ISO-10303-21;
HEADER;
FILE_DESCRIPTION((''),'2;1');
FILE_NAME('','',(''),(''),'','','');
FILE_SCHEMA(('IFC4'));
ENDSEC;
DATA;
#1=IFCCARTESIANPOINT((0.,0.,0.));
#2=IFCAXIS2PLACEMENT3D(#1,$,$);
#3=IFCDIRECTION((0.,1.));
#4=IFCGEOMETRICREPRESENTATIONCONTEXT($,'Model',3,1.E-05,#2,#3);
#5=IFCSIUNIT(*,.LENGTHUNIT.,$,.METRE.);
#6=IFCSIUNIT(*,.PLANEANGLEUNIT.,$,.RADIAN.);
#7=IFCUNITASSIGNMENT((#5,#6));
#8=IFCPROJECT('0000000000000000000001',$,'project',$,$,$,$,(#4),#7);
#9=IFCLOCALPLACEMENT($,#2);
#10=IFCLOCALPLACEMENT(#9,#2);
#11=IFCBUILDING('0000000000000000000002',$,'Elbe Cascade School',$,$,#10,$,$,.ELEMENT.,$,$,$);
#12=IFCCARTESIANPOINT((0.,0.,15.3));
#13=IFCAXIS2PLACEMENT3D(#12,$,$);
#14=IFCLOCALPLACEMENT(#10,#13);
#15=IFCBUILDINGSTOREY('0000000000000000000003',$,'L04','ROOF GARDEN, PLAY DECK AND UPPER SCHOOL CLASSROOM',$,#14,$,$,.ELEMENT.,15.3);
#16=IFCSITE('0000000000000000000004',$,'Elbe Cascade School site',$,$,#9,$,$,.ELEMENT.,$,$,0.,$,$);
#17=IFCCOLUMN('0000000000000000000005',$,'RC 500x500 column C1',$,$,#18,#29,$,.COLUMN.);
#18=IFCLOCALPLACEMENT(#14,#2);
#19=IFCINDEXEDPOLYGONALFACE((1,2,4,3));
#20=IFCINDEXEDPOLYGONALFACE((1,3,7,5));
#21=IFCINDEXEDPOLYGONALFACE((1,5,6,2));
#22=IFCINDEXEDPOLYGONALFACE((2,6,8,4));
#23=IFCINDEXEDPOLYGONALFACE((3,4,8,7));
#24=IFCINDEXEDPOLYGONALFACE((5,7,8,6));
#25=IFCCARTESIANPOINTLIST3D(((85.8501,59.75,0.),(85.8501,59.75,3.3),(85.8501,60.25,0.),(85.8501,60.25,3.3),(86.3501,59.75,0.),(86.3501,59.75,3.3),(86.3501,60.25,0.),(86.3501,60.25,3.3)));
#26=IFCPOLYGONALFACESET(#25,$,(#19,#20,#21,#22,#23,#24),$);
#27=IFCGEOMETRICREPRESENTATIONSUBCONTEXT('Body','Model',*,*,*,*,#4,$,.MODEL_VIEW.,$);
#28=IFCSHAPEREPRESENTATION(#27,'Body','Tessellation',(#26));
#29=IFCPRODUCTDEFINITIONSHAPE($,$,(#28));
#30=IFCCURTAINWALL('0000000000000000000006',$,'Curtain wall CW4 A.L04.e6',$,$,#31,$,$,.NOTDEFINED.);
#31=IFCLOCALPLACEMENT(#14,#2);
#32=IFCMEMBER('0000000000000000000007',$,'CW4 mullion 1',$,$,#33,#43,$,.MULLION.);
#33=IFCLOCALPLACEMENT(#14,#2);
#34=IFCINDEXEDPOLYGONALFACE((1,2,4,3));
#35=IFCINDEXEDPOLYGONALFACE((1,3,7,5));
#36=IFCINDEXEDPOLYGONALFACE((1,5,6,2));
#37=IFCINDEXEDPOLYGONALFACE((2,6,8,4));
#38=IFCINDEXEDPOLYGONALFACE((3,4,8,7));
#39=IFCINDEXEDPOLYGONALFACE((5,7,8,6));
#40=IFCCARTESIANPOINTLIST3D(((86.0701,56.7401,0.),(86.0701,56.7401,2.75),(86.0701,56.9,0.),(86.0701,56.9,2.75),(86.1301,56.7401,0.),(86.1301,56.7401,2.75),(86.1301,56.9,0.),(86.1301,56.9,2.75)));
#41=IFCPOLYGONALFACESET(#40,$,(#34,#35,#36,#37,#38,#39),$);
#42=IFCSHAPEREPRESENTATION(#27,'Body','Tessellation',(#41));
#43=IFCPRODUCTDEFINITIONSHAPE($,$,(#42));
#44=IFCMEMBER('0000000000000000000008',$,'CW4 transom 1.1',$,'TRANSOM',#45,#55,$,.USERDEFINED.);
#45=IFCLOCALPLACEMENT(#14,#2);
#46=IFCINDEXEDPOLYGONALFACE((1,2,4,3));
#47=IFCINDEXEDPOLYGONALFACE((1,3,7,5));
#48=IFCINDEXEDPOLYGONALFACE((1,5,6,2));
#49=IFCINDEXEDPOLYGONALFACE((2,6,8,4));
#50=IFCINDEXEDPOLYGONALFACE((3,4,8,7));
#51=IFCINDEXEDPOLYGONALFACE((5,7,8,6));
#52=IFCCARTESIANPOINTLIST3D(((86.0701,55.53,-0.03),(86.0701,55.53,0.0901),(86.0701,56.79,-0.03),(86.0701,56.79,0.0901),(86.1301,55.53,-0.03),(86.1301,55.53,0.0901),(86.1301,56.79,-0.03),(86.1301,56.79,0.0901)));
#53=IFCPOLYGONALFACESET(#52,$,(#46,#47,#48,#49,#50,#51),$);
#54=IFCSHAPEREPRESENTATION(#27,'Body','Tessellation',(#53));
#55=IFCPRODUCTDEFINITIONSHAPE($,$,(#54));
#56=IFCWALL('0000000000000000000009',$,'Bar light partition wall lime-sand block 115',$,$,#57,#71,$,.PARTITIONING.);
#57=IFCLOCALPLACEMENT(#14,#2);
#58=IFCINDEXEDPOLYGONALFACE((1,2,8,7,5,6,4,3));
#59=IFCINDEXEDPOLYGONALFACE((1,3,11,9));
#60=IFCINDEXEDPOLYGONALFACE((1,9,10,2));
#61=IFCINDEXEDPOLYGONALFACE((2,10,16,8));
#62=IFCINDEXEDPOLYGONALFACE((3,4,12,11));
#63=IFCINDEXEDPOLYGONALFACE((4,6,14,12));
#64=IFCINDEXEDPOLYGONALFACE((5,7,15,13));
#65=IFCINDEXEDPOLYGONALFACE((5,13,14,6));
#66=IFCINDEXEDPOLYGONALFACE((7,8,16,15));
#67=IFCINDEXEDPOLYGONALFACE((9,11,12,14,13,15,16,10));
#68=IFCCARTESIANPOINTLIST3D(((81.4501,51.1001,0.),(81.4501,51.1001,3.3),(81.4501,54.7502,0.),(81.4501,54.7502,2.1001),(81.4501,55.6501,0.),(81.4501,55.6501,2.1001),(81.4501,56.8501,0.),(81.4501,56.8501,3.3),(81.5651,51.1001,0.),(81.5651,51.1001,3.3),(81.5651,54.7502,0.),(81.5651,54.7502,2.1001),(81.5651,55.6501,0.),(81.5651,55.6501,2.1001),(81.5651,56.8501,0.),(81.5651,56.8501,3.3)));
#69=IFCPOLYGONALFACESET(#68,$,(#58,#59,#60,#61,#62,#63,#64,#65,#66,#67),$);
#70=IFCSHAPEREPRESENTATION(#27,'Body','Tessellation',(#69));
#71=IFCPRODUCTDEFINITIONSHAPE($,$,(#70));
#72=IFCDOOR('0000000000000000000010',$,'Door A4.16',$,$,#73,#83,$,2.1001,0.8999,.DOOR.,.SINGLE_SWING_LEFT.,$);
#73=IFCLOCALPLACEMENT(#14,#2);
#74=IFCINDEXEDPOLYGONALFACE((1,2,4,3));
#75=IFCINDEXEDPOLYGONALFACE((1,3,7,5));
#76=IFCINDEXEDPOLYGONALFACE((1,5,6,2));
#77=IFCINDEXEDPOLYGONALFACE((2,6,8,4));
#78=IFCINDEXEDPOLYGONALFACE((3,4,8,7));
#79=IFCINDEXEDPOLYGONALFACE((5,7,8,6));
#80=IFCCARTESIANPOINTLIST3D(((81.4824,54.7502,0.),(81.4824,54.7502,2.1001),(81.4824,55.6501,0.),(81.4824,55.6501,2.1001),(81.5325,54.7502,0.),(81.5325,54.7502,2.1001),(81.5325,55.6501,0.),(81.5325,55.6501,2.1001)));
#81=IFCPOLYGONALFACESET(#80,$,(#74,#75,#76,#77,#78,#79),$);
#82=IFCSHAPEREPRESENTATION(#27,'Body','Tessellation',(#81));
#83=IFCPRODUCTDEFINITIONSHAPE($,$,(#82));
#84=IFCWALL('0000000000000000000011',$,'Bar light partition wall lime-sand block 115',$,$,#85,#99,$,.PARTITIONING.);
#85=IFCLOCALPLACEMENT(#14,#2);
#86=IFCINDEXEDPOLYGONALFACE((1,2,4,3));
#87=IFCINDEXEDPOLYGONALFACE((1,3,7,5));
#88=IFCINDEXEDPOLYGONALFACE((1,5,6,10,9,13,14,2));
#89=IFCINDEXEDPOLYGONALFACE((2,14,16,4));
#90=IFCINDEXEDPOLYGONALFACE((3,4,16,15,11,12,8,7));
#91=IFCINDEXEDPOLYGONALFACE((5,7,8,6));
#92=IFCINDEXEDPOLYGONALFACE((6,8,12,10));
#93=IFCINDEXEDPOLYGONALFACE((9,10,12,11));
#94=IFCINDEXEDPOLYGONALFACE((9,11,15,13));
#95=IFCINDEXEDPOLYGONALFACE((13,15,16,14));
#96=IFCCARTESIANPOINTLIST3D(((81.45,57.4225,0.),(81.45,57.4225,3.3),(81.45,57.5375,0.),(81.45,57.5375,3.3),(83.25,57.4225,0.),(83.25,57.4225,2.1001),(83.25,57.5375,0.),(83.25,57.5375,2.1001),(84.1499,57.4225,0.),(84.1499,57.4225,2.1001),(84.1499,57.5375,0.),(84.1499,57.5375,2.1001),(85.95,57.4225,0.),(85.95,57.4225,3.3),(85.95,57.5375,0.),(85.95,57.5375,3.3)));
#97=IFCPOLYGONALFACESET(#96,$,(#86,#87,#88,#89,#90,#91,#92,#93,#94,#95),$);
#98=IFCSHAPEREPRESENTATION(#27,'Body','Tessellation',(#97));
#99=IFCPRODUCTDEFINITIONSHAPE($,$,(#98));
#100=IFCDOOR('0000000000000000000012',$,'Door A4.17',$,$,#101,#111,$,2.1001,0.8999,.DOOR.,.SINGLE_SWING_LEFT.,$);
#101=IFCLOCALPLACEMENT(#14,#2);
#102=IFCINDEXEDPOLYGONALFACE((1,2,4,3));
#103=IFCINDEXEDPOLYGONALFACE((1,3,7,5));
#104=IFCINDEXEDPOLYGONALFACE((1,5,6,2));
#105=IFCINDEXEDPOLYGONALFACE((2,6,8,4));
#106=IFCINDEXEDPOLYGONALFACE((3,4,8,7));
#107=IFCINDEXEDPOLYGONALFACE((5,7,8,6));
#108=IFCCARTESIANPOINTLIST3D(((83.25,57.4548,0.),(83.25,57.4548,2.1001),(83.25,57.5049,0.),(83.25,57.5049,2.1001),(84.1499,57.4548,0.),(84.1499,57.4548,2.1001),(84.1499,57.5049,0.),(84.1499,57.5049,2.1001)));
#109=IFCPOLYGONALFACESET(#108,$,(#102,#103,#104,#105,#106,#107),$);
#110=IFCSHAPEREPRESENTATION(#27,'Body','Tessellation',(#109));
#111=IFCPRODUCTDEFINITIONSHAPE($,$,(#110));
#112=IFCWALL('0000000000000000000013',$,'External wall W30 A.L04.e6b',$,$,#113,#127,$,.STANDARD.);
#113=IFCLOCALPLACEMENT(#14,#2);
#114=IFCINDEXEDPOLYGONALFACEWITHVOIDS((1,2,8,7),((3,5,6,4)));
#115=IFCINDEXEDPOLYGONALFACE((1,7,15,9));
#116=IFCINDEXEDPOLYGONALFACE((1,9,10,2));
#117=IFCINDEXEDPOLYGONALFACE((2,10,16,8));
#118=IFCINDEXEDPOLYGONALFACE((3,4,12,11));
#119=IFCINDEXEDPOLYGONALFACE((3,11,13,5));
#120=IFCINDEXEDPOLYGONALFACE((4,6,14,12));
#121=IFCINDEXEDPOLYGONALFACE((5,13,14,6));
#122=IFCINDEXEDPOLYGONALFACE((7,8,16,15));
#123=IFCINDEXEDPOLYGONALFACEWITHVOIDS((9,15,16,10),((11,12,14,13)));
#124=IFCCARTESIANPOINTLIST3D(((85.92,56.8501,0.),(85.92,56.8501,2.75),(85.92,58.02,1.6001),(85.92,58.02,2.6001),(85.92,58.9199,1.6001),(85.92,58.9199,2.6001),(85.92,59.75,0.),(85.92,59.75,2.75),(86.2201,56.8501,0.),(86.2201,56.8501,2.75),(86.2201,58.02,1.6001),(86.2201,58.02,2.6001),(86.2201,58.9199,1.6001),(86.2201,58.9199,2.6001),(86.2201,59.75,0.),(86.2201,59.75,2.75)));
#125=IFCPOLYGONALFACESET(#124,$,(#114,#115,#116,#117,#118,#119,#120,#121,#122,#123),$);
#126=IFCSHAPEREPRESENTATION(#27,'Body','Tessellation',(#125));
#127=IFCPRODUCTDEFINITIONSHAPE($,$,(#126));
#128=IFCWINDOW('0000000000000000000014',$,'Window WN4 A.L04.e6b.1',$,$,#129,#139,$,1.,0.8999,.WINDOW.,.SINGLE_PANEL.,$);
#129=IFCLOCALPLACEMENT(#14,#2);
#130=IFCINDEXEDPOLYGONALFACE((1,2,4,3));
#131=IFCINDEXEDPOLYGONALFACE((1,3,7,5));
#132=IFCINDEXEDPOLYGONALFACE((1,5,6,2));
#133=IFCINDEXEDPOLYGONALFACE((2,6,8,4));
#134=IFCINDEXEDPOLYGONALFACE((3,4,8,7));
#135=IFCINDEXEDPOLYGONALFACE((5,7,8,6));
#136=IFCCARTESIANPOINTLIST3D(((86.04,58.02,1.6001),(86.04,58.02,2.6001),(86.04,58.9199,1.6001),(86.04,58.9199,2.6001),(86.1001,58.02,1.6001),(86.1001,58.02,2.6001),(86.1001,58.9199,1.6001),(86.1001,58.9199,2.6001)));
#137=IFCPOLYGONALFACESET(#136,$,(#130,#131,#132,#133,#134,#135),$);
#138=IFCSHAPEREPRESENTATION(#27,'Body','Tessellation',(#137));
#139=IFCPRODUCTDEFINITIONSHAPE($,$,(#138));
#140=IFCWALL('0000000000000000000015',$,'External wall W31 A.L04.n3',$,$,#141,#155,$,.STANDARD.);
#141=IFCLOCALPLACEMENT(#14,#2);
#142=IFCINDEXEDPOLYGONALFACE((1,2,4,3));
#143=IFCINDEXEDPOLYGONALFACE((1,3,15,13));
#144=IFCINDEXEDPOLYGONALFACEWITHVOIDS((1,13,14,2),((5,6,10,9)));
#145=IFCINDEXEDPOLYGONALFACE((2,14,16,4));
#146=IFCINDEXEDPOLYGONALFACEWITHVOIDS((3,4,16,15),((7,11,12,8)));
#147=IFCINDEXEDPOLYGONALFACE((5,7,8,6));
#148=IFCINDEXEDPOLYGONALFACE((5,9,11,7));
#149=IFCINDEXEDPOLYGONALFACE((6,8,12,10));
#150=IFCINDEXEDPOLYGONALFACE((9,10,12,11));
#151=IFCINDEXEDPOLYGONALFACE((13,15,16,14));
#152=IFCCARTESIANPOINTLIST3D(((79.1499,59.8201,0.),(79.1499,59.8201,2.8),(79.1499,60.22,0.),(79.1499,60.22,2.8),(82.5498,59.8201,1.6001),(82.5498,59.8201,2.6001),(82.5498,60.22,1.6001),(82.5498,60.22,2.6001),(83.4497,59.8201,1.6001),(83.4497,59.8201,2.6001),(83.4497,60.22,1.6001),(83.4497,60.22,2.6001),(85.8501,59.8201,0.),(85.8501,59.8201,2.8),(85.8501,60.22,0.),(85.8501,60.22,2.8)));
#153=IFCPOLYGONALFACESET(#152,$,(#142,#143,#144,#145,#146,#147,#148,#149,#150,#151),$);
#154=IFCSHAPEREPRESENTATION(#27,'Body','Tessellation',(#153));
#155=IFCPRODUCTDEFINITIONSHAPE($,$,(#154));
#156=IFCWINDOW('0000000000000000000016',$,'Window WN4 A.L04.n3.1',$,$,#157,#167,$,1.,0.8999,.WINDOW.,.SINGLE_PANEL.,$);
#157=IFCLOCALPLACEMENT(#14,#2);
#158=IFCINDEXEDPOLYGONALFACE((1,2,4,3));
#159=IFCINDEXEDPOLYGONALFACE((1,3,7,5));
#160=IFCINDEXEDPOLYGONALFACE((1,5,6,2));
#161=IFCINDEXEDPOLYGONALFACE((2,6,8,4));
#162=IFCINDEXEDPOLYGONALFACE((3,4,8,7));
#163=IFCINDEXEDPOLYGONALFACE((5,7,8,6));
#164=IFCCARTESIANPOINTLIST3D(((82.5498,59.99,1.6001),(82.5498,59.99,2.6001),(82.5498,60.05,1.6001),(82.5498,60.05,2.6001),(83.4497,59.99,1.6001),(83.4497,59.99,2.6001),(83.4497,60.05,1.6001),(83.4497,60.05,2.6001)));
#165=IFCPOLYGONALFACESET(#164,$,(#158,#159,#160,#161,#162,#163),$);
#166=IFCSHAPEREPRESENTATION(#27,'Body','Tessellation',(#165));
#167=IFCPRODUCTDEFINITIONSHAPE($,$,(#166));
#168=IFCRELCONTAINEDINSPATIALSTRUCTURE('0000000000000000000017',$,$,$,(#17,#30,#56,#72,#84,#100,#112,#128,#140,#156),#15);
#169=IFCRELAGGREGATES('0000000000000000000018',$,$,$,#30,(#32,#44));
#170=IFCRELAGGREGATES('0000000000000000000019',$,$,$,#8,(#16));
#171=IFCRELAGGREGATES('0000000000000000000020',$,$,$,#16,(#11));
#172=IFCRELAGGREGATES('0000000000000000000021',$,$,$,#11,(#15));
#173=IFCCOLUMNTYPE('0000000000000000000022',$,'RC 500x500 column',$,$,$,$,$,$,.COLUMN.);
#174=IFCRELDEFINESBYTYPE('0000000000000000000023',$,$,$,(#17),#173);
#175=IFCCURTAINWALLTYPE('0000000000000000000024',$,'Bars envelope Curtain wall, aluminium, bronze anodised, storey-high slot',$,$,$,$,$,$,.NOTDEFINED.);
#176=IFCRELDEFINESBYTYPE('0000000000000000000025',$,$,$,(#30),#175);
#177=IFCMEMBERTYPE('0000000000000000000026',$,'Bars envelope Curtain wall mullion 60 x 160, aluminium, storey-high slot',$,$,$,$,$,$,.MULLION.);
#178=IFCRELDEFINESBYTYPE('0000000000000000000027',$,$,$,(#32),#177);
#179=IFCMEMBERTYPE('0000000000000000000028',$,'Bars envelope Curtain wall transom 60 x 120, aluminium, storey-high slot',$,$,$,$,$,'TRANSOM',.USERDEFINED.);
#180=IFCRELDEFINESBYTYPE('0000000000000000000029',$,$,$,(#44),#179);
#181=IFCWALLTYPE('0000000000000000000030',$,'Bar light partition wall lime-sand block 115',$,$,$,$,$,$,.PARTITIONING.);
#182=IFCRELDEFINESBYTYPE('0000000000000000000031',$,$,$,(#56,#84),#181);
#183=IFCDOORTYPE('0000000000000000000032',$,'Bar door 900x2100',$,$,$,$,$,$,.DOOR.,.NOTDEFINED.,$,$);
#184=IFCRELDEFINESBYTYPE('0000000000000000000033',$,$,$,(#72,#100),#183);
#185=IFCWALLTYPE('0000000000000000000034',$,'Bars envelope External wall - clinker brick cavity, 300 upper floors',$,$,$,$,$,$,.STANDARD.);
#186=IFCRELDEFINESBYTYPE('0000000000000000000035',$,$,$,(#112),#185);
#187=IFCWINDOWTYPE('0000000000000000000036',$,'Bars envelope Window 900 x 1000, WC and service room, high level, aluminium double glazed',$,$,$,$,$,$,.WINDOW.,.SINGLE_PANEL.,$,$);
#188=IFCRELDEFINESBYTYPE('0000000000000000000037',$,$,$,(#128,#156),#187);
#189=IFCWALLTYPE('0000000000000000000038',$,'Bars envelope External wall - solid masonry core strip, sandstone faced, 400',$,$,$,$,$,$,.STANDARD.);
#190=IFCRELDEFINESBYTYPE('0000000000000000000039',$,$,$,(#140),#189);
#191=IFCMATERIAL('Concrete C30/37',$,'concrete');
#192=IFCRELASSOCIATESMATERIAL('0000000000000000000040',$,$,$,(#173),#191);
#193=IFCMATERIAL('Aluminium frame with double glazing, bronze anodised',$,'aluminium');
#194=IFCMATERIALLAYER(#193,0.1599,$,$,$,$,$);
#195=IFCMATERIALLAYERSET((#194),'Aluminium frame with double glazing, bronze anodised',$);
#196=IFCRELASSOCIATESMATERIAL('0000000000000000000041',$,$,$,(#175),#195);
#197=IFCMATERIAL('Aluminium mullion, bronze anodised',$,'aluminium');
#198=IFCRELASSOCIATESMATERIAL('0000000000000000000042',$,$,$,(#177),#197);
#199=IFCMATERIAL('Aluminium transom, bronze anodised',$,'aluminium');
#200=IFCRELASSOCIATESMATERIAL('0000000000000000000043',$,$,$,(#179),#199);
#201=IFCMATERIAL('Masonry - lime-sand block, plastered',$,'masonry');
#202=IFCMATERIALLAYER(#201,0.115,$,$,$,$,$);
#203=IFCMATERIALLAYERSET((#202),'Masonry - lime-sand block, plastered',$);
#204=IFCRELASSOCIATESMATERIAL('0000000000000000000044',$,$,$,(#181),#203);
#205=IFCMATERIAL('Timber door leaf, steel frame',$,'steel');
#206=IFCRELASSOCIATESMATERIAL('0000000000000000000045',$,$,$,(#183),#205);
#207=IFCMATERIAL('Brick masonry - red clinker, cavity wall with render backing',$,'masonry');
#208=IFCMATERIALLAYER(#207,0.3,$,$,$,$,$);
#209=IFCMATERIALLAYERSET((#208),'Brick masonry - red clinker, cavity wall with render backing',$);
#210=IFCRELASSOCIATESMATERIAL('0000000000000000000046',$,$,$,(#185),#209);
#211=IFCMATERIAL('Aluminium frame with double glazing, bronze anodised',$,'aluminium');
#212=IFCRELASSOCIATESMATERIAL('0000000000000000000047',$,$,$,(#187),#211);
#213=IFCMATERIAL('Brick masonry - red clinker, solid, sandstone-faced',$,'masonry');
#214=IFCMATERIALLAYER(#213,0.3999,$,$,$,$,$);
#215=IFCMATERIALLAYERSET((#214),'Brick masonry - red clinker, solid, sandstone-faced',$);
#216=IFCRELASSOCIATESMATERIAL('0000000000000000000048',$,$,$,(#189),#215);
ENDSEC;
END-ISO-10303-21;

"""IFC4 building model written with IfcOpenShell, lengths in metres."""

from ifc_helpers import new_model, si_unit, direction, frame, frame_2d, origin, origin_2d, place, context, subcontext, project, spatial, rectangle, extrude, material, layer, layer_set, material_profile, profile_set, type_object, element, fill, aggregate, save


model = new_model("IFC4")

# Units and contexts
model_context = context("Model", 3, precision=1e-05, world=origin(), true_north=direction((0.0, 1.0)))
body_context = subcontext(model_context, "Body", "Model", "MODEL_VIEW")
ifc_project = project(units=[si_unit("LENGTHUNIT", "METRE"), si_unit("PLANEANGLEUNIT", "RADIAN")], contexts=[model_context])

# Site, building, storey
site_placement = place(None, origin())
site = spatial("IfcSite", under=ifc_project, at=site_placement, Name="Elbe Cascade School site", CompositionType="ELEMENT", RefElevation=0.0)
building_placement = place(site_placement, origin())
building = spatial("IfcBuilding", under=site, at=building_placement, Name="Elbe Cascade School", CompositionType="ELEMENT")
storey_placement = place(building_placement, frame((0.0, 0.0, 15.3)))
storey = spatial("IfcBuildingStorey", under=building, at=storey_placement, Name="L04", Description="ROOF GARDEN, PLAY DECK AND UPPER SCHOOL CLASSROOM", CompositionType="ELEMENT", Elevation=15.3)

# Column
ifc_material_1 = material(Name="Concrete C30/37", Category="concrete")
ifc_material_profile_1 = material_profile(ifc_material_1, rectangle(XDim=0.5, YDim=0.5, at=origin_2d()), Name="RC 500x500")
ifc_profile_set_1 = profile_set([ifc_material_profile_1], Name="Concrete C30/37")
column_type = type_object("IfcColumnType", Name="RC 500x500 column", PredefinedType="COLUMN", material=ifc_profile_set_1)
column_placement = place(storey_placement, frame((86.1001, 60.0, 0.0), z_axis=(0.0, 0.0, 1.0), x_axis=(1.0, 0.0, 0.0)))
element("IfcColumn", 1, at=column_placement, inside=storey, type_object=column_type, Name="RC 500x500 column C1", PredefinedType="COLUMN", context=body_context, shape_type="SweptSolid", body=[
    extrude(rectangle(XDim=0.5, YDim=0.5, at=origin_2d()), origin(), (0.0, 0.0, 1.0), 3.3),
])

# Curtain wall, members
ifc_material_2 = material(Name="Aluminium frame with double glazing, bronze anodised", Category="aluminium")
ifc_layer_1 = layer(ifc_material_2, 0.1599)
ifc_layer_set_1 = layer_set([ifc_layer_1], Name="Aluminium frame with double glazing, bronze anodised")
curtain_wall_type = type_object("IfcCurtainWallType", Name="Bars envelope Curtain wall, aluminium, bronze anodised, storey-high slot", PredefinedType="NOTDEFINED", material=ifc_layer_set_1)
curtain_wall_placement = place(storey_placement, origin())
curtain_wall = element("IfcCurtainWall", 2, at=curtain_wall_placement, inside=storey, type_object=curtain_wall_type, Name="Curtain wall CW4 A.L04.e6", PredefinedType="NOTDEFINED")
ifc_material_3 = material(Name="Aluminium mullion, bronze anodised", Category="aluminium")
ifc_material_profile_2 = material_profile(ifc_material_3, rectangle(XDim=0.0601, YDim=0.1599, at=origin_2d()), Name="Bars envelope Curtain wall mullion 60 x 160, aluminium, storey-high slot")
ifc_profile_set_2 = profile_set([ifc_material_profile_2], Name="Aluminium mullion, bronze anodised")
member_type_1 = type_object("IfcMemberType", Name="Bars envelope Curtain wall mullion 60 x 160, aluminium, storey-high slot", PredefinedType="MULLION", material=ifc_profile_set_2)
member_1_placement = place(storey_placement, frame((86.1001, 56.8201, 0.0), z_axis=(0.0, 0.0, 1.0), x_axis=(1.0, 0.0, 0.0)))
member_1 = element("IfcMember", 3, at=member_1_placement, type_object=member_type_1, Name="CW4 mullion 1", PredefinedType="MULLION", context=body_context, shape_type="SweptSolid", body=[
    extrude(rectangle(XDim=0.0601, YDim=0.1599, at=origin_2d()), origin(), (0.0, 0.0, 1.0), 2.75),
])
ifc_material_4 = material(Name="Aluminium transom, bronze anodised", Category="aluminium")
ifc_material_profile_3 = material_profile(ifc_material_4, rectangle(XDim=0.0601, YDim=0.1201, at=origin_2d()), Name="Bars envelope Curtain wall transom 60 x 120, aluminium, storey-high slot")
ifc_profile_set_3 = profile_set([ifc_material_profile_3], Name="Aluminium transom, bronze anodised")
member_type_2 = type_object("IfcMemberType", Name="Bars envelope Curtain wall transom 60 x 120, aluminium, storey-high slot", ElementType="TRANSOM", PredefinedType="USERDEFINED", material=ifc_profile_set_3)
member_2_placement = place(storey_placement, frame((86.1001, 56.79, 0.03), z_axis=(0.0, -1.0, 0.0), x_axis=(1.0, 0.0, 0.0)))
member_2 = element("IfcMember", 4, at=member_2_placement, type_object=member_type_2, Name="CW4 transom 1.1", ObjectType="TRANSOM", PredefinedType="USERDEFINED", context=body_context, shape_type="SweptSolid", body=[
    extrude(rectangle(XDim=0.0601, YDim=0.1201, at=origin_2d()), origin(), (0.0, 0.0, 1.0), 1.26),
])
aggregate(curtain_wall, [member_1, member_2])

# Walls, openings, doors
ifc_material_5 = material(Name="Masonry - lime-sand block, plastered", Category="masonry")
ifc_layer_2 = layer(ifc_material_5, 0.115)
ifc_layer_set_2 = layer_set([ifc_layer_2], Name="Masonry - lime-sand block, plastered")
wall_type_1 = type_object("IfcWallType", Name="Bar light partition wall lime-sand block 115", PredefinedType="PARTITIONING", material=ifc_layer_set_2)
wall_1_placement = place(storey_placement, frame((81.5076, 56.8501, 0.0), z_axis=(0.0, 0.0, 1.0), x_axis=(0.0, -1.0, 0.0)))
wall_1 = element("IfcWall", 5, at=wall_1_placement, inside=storey, type_object=wall_type_1, Name="Bar light partition wall lime-sand block 115", PredefinedType="PARTITIONING", context=body_context, shape_type="SweptSolid", body=[
    extrude(rectangle(XDim=5.75, YDim=0.115, at=frame_2d((2.875, 0.0))), origin(), (0.0, 0.0, 1.0), 3.3),
])
opening_1_placement = place(wall_1_placement, frame((1.2, 0.0, 0.0)))
opening_1 = element("IfcOpeningElement", 6, at=opening_1_placement, cuts=wall_1, PredefinedType="OPENING", context=body_context, shape_type="SweptSolid", body=[
    extrude(rectangle(XDim=0.8999, YDim=2.1001, at=frame_2d((0.45, 1.05))), frame((0.0, 0.0674, 0.0), z_axis=(0.0, -1.0, 0.0), x_axis=(1.0, 0.0, 0.0)), (0.0, 0.0, 1.0), 0.135),
])
ifc_material_6 = material(Name="Timber door leaf, steel frame", Category="steel")
door_type_1 = type_object("IfcDoorType", Name="Bar door 900x2100", OperationType="NOTDEFINED", PredefinedType="DOOR", material=ifc_material_6)
door_1_placement = place(opening_1_placement, origin())
door_1 = element("IfcDoor", 7, at=door_1_placement, inside=storey, type_object=door_type_1, Name="Door A4.16", OperationType="SINGLE_SWING_LEFT", OverallHeight=2.1001, OverallWidth=0.8999, PredefinedType="DOOR", context=body_context, shape_type="SweptSolid", body=[
    extrude(rectangle(XDim=0.8999, YDim=2.1001, at=frame_2d((0.45, 1.05))), frame((0.0, 0.0249, 0.0), z_axis=(0.0, -1.0, 0.0), x_axis=(1.0, 0.0, 0.0)), (0.0, 0.0, 1.0), 0.05),
])
fill(opening_1, door_1)
wall_2_placement = place(storey_placement, frame((81.45, 57.48, 0.0), z_axis=(0.0, 0.0, 1.0), x_axis=(1.0, 0.0, 0.0)))
wall_2 = element("IfcWall", 8, at=wall_2_placement, inside=storey, type_object=wall_type_1, Name="Bar light partition wall lime-sand block 115", PredefinedType="PARTITIONING", context=body_context, shape_type="SweptSolid", body=[
    extrude(rectangle(XDim=4.5, YDim=0.115, at=frame_2d((2.25, 0.0))), origin(), (0.0, 0.0, 1.0), 3.3),
])
opening_2_placement = place(wall_2_placement, frame((1.8, 0.0, 0.0)))
opening_2 = element("IfcOpeningElement", 9, at=opening_2_placement, cuts=wall_2, PredefinedType="OPENING", context=body_context, shape_type="SweptSolid", body=[
    extrude(rectangle(XDim=0.8999, YDim=2.1001, at=frame_2d((0.45, 1.05))), frame((0.0, 0.0674, 0.0), z_axis=(0.0, -1.0, 0.0), x_axis=(1.0, 0.0, 0.0)), (0.0, 0.0, 1.0), 0.135),
])
door_2_placement = place(opening_2_placement, origin())
door_2 = element("IfcDoor", 10, at=door_2_placement, inside=storey, type_object=door_type_1, Name="Door A4.17", OperationType="SINGLE_SWING_LEFT", OverallHeight=2.1001, OverallWidth=0.8999, PredefinedType="DOOR", context=body_context, shape_type="SweptSolid", body=[
    extrude(rectangle(XDim=0.8999, YDim=2.1001, at=frame_2d((0.45, 1.05))), frame((0.0, 0.0249, 0.0), z_axis=(0.0, -1.0, 0.0), x_axis=(1.0, 0.0, 0.0)), (0.0, 0.0, 1.0), 0.05),
])
fill(opening_2, door_2)

# Walls, openings, windows
ifc_material_7 = material(Name="Brick masonry - red clinker, cavity wall with render backing", Category="masonry")
ifc_layer_3 = layer(ifc_material_7, 0.3)
ifc_layer_set_3 = layer_set([ifc_layer_3], Name="Brick masonry - red clinker, cavity wall with render backing")
wall_type_2 = type_object("IfcWallType", Name="Bars envelope External wall - clinker brick cavity, 300 upper floors", PredefinedType="STANDARD", material=ifc_layer_set_3)
wall_3_placement = place(storey_placement, frame((86.0701, 59.75, 0.0), z_axis=(0.0, 0.0, 1.0), x_axis=(0.0, -1.0, 0.0)))
wall_3 = element("IfcWall", 11, at=wall_3_placement, inside=storey, type_object=wall_type_2, Name="External wall W30 A.L04.e6b", PredefinedType="STANDARD", context=body_context, shape_type="SweptSolid", body=[
    extrude(rectangle(XDim=2.8999, YDim=0.3, at=frame_2d((1.45, 0.0))), origin(), (0.0, 0.0, 1.0), 2.75),
])
opening_3_placement = place(wall_3_placement, frame((0.8301, 0.0, 1.6001)))
opening_3 = element("IfcOpeningElement", 12, at=opening_3_placement, cuts=wall_3, PredefinedType="OPENING", context=body_context, shape_type="SweptSolid", body=[
    extrude(rectangle(XDim=0.8999, YDim=1.0, at=frame_2d((0.45, 0.5))), frame((0.0, 0.1599, 0.0), z_axis=(0.0, -1.0, 0.0), x_axis=(1.0, 0.0, 0.0)), (0.0, 0.0, 1.0), 0.3201),
])
ifc_material_8 = material(Name="Aluminium frame with double glazing, bronze anodised", Category="aluminium")
window_type = type_object("IfcWindowType", Name="Bars envelope Window 900 x 1000, WC and service room, high level, aluminium double glazed", PartitioningType="SINGLE_PANEL", PredefinedType="WINDOW", material=ifc_material_8)
window_1_placement = place(opening_3_placement, origin())
window_1 = element("IfcWindow", 13, at=window_1_placement, inside=storey, type_object=window_type, Name="Window WN4 A.L04.e6b.1", OverallHeight=1.0, OverallWidth=0.8999, PartitioningType="SINGLE_PANEL", PredefinedType="WINDOW", context=body_context, shape_type="SweptSolid", body=[
    extrude(rectangle(XDim=0.8999, YDim=1.0, at=frame_2d((0.45, 0.5))), frame((0.0, 0.03, 0.0), z_axis=(0.0, -1.0, 0.0), x_axis=(1.0, 0.0, 0.0)), (0.0, 0.0, 1.0), 0.0601),
])
fill(opening_3, window_1)
ifc_material_9 = material(Name="Brick masonry - red clinker, solid, sandstone-faced", Category="masonry")
ifc_layer_4 = layer(ifc_material_9, 0.3999)
ifc_layer_set_4 = layer_set([ifc_layer_4], Name="Brick masonry - red clinker, solid, sandstone-faced")
wall_type_3 = type_object("IfcWallType", Name="Bars envelope External wall - solid masonry core strip, sandstone faced, 400", PredefinedType="STANDARD", material=ifc_layer_set_4)
wall_4_placement = place(storey_placement, frame((79.1499, 60.02, 0.0), z_axis=(0.0, 0.0, 1.0), x_axis=(1.0, 0.0, 0.0)))
wall_4 = element("IfcWall", 14, at=wall_4_placement, inside=storey, type_object=wall_type_3, Name="External wall W31 A.L04.n3", PredefinedType="STANDARD", context=body_context, shape_type="SweptSolid", body=[
    extrude(rectangle(XDim=6.7002, YDim=0.3999, at=frame_2d((3.3501, 0.0))), origin(), (0.0, 0.0, 1.0), 2.8),
])
opening_4_placement = place(wall_4_placement, frame((3.3999, 0.0, 1.6001)))
opening_4 = element("IfcOpeningElement", 15, at=opening_4_placement, cuts=wall_4, PredefinedType="OPENING", context=body_context, shape_type="SweptSolid", body=[
    extrude(rectangle(XDim=0.8999, YDim=1.0, at=frame_2d((0.45, 0.5))), frame((0.0, 0.21, 0.0), z_axis=(0.0, -1.0, 0.0), x_axis=(1.0, 0.0, 0.0)), (0.0, 0.0, 1.0), 0.4199),
])
window_2_placement = place(opening_4_placement, origin())
window_2 = element("IfcWindow", 16, at=window_2_placement, inside=storey, type_object=window_type, Name="Window WN4 A.L04.n3.1", OverallHeight=1.0, OverallWidth=0.8999, PartitioningType="SINGLE_PANEL", PredefinedType="WINDOW", context=body_context, shape_type="SweptSolid", body=[
    extrude(rectangle(XDim=0.8999, YDim=1.0, at=frame_2d((0.45, 0.5))), frame((0.0, 0.03, 0.0), z_axis=(0.0, -1.0, 0.0), x_axis=(1.0, 0.0, 0.0)), (0.0, 0.0, 1.0), 0.0601),
])
fill(opening_4, window_2)

save(model, "model.ifc")
